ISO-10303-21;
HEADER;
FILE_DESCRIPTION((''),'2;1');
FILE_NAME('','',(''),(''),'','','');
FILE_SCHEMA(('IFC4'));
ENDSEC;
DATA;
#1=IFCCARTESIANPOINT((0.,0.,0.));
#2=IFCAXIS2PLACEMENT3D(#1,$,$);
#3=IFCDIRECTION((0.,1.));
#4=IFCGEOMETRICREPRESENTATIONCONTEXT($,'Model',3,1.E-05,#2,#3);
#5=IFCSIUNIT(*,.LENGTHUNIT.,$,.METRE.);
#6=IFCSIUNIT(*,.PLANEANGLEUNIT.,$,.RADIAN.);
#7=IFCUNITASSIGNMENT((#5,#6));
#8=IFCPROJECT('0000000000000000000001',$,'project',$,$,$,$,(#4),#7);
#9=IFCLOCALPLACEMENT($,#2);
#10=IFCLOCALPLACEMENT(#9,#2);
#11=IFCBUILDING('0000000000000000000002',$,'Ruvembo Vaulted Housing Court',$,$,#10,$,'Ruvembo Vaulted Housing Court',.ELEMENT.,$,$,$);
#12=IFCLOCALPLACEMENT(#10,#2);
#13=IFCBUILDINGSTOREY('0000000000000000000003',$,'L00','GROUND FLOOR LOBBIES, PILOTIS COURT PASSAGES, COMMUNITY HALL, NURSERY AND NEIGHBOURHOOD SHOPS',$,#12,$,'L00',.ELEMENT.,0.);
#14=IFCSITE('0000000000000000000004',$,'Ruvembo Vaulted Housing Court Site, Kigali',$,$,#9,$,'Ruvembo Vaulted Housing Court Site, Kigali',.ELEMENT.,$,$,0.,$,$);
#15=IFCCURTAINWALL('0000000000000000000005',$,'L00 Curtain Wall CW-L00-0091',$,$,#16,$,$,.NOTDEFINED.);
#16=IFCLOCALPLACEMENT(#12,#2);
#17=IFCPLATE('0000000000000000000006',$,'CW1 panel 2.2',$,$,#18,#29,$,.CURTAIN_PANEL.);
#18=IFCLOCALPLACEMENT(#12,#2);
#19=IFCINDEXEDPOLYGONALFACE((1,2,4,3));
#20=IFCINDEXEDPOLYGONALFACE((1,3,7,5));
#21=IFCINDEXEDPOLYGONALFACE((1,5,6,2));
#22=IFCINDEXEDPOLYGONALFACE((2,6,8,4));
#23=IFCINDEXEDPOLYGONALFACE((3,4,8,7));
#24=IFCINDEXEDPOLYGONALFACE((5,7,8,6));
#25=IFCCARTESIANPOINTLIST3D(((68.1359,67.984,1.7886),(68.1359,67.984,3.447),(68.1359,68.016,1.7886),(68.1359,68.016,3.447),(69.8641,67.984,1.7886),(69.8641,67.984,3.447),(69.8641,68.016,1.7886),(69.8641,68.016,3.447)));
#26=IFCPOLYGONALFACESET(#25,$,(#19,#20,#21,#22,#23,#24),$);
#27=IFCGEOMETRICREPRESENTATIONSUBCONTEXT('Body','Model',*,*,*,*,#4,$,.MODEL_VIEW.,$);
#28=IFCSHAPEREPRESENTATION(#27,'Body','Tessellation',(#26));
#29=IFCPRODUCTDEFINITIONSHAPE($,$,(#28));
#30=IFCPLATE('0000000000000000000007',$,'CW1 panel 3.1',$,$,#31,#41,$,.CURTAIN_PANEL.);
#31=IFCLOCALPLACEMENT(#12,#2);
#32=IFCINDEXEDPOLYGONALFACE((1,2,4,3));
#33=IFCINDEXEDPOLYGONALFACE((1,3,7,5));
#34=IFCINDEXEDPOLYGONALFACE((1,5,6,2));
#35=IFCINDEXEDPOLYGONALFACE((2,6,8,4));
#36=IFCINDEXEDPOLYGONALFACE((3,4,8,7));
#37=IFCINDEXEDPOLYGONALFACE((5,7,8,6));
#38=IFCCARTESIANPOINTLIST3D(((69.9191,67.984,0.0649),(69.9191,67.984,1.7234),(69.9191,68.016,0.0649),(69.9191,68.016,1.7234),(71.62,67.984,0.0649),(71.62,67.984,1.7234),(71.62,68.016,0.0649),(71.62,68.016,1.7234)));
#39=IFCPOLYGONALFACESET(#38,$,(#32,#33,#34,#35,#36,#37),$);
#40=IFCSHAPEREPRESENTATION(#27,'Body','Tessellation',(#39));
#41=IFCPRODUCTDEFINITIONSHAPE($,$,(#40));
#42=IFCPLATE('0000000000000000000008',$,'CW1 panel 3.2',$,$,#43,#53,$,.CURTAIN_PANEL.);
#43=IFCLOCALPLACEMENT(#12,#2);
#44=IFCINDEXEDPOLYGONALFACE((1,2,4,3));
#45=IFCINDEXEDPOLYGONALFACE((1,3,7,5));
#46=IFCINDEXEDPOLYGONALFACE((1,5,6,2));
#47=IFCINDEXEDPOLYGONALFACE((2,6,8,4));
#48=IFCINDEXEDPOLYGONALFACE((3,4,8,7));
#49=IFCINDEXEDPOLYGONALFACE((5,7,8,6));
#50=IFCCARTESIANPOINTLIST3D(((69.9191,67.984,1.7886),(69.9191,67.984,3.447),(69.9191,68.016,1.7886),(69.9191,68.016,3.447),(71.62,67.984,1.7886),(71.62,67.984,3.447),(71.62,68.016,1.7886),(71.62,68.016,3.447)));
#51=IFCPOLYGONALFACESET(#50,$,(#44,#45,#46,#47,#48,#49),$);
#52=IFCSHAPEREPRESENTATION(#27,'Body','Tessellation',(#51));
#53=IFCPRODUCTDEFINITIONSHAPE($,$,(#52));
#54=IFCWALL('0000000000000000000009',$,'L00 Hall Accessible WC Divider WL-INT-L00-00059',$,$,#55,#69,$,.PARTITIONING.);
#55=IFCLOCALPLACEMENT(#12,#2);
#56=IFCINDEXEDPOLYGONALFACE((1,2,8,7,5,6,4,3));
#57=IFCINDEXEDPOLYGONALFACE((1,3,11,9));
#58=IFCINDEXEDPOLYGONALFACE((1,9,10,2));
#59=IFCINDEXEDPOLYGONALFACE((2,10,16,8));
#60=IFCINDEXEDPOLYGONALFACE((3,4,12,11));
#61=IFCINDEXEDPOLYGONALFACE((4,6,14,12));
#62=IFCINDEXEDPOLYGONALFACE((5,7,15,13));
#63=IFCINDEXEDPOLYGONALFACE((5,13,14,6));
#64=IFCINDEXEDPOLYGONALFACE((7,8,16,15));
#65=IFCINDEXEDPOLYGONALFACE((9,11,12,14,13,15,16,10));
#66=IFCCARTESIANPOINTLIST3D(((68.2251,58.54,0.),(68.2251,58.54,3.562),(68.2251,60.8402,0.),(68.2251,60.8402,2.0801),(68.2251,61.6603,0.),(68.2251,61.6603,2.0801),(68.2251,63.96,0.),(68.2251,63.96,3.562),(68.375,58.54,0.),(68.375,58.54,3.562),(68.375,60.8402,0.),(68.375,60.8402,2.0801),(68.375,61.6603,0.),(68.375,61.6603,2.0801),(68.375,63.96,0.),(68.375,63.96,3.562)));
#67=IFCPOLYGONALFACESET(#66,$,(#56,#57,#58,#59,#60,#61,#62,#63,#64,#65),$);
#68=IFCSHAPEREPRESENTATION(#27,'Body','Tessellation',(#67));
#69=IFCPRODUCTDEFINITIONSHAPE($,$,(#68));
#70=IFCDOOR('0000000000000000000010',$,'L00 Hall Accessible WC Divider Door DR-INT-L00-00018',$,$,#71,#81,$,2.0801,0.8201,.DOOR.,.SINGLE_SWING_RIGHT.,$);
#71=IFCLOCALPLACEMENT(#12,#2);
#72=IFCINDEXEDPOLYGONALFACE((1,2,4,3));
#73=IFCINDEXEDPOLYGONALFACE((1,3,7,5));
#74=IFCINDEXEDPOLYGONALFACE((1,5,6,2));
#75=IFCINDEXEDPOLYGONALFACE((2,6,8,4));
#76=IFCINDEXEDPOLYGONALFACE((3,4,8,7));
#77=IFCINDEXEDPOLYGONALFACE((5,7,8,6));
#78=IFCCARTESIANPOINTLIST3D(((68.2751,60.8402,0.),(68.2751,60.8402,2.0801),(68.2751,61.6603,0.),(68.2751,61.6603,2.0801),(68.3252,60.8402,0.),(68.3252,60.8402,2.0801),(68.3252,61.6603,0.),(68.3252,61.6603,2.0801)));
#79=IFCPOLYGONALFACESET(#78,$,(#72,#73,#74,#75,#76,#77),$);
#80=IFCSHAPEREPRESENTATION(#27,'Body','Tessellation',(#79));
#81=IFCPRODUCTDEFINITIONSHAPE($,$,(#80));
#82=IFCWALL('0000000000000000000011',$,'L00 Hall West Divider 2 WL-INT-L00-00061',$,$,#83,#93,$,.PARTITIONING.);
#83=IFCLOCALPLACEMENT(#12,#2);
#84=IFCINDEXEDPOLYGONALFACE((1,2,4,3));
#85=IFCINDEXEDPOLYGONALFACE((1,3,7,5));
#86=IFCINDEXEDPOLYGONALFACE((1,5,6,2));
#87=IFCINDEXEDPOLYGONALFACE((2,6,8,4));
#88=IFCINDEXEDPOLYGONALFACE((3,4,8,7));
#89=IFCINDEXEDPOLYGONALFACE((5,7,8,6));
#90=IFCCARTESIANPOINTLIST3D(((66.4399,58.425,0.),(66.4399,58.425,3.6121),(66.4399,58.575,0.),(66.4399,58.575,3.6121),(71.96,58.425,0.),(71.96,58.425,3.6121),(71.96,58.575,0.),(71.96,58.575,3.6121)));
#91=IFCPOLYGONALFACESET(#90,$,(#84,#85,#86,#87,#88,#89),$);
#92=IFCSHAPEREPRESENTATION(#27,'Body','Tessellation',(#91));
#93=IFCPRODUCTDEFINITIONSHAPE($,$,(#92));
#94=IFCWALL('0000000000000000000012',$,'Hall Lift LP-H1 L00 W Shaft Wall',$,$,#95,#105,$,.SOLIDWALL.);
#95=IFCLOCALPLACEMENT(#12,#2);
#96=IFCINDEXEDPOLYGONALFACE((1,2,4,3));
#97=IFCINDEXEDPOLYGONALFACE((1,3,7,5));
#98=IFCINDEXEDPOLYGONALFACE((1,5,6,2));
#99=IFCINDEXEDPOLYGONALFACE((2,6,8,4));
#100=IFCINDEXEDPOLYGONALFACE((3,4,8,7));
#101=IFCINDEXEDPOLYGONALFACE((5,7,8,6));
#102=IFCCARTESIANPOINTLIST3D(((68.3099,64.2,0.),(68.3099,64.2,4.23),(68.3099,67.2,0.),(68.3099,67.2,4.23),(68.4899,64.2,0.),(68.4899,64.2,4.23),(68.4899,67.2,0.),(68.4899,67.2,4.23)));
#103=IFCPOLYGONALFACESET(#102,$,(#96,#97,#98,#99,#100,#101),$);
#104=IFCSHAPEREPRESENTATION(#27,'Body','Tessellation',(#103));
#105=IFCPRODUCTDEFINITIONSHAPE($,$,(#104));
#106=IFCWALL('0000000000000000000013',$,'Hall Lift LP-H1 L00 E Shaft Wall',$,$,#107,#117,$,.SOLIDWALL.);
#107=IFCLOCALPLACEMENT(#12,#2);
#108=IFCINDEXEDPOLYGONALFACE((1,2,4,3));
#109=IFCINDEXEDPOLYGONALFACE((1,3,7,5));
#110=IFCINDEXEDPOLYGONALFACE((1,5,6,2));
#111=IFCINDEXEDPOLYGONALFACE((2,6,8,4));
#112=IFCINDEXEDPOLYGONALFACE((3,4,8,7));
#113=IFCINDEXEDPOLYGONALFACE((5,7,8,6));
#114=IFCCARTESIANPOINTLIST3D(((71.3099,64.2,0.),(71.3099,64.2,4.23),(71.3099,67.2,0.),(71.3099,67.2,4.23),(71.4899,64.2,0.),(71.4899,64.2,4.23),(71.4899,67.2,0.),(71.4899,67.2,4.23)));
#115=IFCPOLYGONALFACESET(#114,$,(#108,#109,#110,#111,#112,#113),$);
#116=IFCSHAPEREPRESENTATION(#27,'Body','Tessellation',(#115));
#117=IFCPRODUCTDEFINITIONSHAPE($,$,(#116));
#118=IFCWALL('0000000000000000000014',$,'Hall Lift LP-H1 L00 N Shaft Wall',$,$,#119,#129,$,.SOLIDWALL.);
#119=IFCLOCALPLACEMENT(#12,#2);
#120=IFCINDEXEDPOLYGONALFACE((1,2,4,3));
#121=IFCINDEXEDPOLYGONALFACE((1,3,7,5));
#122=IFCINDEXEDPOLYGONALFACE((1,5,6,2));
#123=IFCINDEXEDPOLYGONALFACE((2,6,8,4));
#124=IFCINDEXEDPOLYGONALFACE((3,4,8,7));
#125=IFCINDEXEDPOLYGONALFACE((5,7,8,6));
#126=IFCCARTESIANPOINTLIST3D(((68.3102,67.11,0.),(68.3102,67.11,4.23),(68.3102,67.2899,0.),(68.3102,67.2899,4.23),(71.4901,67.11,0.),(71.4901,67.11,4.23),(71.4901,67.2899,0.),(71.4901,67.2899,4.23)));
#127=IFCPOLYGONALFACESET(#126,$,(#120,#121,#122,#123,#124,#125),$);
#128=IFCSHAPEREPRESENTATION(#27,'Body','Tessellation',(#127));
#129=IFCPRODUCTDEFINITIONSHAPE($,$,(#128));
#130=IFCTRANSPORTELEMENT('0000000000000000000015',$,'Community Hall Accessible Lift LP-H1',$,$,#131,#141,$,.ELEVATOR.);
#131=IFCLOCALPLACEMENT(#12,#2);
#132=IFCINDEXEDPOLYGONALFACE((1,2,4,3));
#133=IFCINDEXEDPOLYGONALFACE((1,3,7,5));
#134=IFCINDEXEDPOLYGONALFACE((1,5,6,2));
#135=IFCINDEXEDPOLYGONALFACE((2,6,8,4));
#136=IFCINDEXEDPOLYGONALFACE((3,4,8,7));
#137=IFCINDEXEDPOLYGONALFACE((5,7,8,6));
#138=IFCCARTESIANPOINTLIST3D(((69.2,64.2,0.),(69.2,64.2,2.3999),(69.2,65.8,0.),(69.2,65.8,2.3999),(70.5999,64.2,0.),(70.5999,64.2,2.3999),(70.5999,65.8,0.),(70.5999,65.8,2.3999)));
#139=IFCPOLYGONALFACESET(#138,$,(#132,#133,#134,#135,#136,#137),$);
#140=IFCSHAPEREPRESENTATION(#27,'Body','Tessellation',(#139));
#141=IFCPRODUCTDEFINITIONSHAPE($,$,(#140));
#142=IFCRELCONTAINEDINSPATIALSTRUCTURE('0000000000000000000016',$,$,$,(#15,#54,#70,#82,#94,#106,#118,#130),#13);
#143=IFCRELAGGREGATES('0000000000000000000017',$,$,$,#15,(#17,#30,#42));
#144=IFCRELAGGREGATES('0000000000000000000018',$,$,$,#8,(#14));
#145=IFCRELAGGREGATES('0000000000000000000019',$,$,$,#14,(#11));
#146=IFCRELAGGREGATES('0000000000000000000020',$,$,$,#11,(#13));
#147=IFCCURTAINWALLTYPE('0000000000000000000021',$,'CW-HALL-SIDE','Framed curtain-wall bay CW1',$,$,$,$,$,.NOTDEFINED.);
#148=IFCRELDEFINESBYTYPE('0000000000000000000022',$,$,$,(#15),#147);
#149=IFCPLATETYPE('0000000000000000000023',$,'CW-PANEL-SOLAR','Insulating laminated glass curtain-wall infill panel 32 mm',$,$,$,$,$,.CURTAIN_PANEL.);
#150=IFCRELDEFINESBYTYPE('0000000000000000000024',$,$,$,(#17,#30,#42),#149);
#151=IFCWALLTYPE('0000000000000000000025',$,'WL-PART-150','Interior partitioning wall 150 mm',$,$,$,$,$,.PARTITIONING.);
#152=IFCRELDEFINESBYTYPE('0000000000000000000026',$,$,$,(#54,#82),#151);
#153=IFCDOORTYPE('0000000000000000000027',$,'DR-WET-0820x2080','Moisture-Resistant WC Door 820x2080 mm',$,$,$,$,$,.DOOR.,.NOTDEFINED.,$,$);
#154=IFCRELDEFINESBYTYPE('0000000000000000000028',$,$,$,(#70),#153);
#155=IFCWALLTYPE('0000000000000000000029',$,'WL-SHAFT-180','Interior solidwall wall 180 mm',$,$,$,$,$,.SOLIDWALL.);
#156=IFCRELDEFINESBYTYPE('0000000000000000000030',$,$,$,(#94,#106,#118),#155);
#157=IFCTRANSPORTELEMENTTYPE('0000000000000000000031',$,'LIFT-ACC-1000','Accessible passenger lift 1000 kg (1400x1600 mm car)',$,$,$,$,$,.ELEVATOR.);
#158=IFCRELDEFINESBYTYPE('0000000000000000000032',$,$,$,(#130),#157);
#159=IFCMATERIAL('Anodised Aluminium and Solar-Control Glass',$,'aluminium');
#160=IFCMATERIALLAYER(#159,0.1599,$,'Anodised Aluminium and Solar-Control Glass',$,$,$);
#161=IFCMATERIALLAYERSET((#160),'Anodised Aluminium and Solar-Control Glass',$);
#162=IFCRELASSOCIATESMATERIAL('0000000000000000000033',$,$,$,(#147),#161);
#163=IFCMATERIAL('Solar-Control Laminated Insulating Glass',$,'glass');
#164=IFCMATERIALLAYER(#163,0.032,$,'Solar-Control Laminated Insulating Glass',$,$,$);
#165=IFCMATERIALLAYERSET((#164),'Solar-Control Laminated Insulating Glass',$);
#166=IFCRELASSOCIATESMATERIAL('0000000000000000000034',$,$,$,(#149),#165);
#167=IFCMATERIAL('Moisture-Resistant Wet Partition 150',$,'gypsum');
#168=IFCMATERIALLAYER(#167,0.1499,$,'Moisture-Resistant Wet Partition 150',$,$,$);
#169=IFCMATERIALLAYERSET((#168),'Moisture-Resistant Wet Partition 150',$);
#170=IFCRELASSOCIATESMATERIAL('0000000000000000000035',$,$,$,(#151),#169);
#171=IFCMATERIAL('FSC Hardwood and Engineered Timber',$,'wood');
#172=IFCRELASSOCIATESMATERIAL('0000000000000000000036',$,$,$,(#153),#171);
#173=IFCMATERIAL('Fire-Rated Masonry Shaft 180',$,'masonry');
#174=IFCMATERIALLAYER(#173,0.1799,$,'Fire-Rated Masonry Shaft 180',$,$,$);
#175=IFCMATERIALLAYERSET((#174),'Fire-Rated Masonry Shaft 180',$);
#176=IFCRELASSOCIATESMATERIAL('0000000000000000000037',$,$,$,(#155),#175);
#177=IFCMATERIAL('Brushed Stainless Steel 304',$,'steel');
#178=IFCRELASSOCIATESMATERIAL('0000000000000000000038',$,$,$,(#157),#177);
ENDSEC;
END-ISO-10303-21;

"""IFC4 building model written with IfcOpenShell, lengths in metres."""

from ifc_helpers import new_model, si_unit, direction, frame, frame_2d, origin, origin_2d, place, context, subcontext, project, spatial, rectangle, extrude, material, layer, layer_set, type_object, element, fill, aggregate, save


model = new_model("IFC4")

# Units and contexts
model_context = context("Model", 3, precision=1e-05, world=origin(), true_north=direction((0.0, 1.0)))
body_context = subcontext(model_context, "Body", "Model", "MODEL_VIEW")
ifc_project = project(units=[si_unit("LENGTHUNIT", "METRE"), si_unit("PLANEANGLEUNIT", "RADIAN")], contexts=[model_context])

# Site, building, storey
site_placement = place(None, origin())
site = spatial("IfcSite", under=ifc_project, at=site_placement, Name="Ruvembo Vaulted Housing Court Site, Kigali", LongName="Ruvembo Vaulted Housing Court Site, Kigali", CompositionType="ELEMENT", RefElevation=0.0)
building_placement = place(site_placement, origin())
building = spatial("IfcBuilding", under=site, at=building_placement, Name="Ruvembo Vaulted Housing Court", LongName="Ruvembo Vaulted Housing Court", CompositionType="ELEMENT")
storey_placement = place(building_placement, origin())
storey = spatial("IfcBuildingStorey", under=building, at=storey_placement, Name="L00", Description="GROUND FLOOR LOBBIES, PILOTIS COURT PASSAGES, COMMUNITY HALL, NURSERY AND NEIGHBOURHOOD SHOPS", LongName="L00", CompositionType="ELEMENT", Elevation=0.0)

# Curtain wall
ifc_material_1 = material(Name="Anodised Aluminium and Solar-Control Glass", Category="aluminium")
ifc_layer_1 = layer(ifc_material_1, 0.1599, Name="Anodised Aluminium and Solar-Control Glass")
ifc_layer_set_1 = layer_set([ifc_layer_1], Name="Anodised Aluminium and Solar-Control Glass")
curtain_wall_type = type_object("IfcCurtainWallType", Name="CW-HALL-SIDE", Description="Framed curtain-wall bay CW1", PredefinedType="NOTDEFINED", material=ifc_layer_set_1)
curtain_wall_1_placement = place(storey_placement, origin())
curtain_wall_1 = element("IfcCurtainWall", 1, at=curtain_wall_1_placement, inside=storey, type_object=curtain_wall_type, Name="L00 Curtain Wall CW-L00-0091", PredefinedType="NOTDEFINED")

# Plates
ifc_material_2 = material(Name="Solar-Control Laminated Insulating Glass", Category="glass")
ifc_layer_2 = layer(ifc_material_2, 0.032, Name="Solar-Control Laminated Insulating Glass")
ifc_layer_set_2 = layer_set([ifc_layer_2], Name="Solar-Control Laminated Insulating Glass")
plate_type = type_object("IfcPlateType", Name="CW-PANEL-SOLAR", Description="Insulating laminated glass curtain-wall infill panel 32 mm", PredefinedType="CURTAIN_PANEL", material=ifc_layer_set_2)
plate_1_placement = place(storey_placement, frame((69.0, 68.0, 1.7886), z_axis=(0.0, 0.0, 1.0), x_axis=(1.0, 0.0, 0.0)))
plate_1 = element("IfcPlate", 2, at=plate_1_placement, type_object=plate_type, Name="CW1 panel 2.2", PredefinedType="CURTAIN_PANEL", context=body_context, shape_type="SweptSolid", body=[
    extrude(rectangle(XDim=1.7283, YDim=0.032, at=origin_2d()), origin(), (0.0, 0.0, 1.0), 1.6584),
])
plate_2_placement = place(storey_placement, frame((70.7695, 68.0, 0.0649), z_axis=(0.0, 0.0, 1.0), x_axis=(1.0, 0.0, 0.0)))
plate_2 = element("IfcPlate", 3, at=plate_2_placement, type_object=plate_type, Name="CW1 panel 3.1", PredefinedType="CURTAIN_PANEL", context=body_context, shape_type="SweptSolid", body=[
    extrude(rectangle(XDim=1.7009, YDim=0.032, at=origin_2d()), origin(), (0.0, 0.0, 1.0), 1.6584),
])
plate_3_placement = place(storey_placement, frame((70.7695, 68.0, 1.7886), z_axis=(0.0, 0.0, 1.0), x_axis=(1.0, 0.0, 0.0)))
plate_3 = element("IfcPlate", 4, at=plate_3_placement, type_object=plate_type, Name="CW1 panel 3.2", PredefinedType="CURTAIN_PANEL", context=body_context, shape_type="SweptSolid", body=[
    extrude(rectangle(XDim=1.7009, YDim=0.032, at=origin_2d()), origin(), (0.0, 0.0, 1.0), 1.6584),
])
aggregate(curtain_wall_1, [plate_1, plate_2, plate_3])

# Wall, opening, door
ifc_material_3 = material(Name="FSC Hardwood and Engineered Timber", Category="wood")
ifc_material_4 = material(Name="Moisture-Resistant Wet Partition 150", Category="gypsum")
ifc_layer_3 = layer(ifc_material_4, 0.1499, Name="Moisture-Resistant Wet Partition 150")
ifc_layer_set_3 = layer_set([ifc_layer_3], Name="Moisture-Resistant Wet Partition 150")
wall_type_1 = type_object("IfcWallType", Name="WL-PART-150", Description="Interior partitioning wall 150 mm", PredefinedType="PARTITIONING", material=ifc_layer_set_3)
wall_1_placement = place(storey_placement, frame((68.3, 58.54, 0.0), z_axis=(0.0, 0.0, 1.0), x_axis=(0.0, 1.0, 0.0)))
wall_1 = element("IfcWall", 5, at=wall_1_placement, inside=storey, type_object=wall_type_1, Name="L00 Hall Accessible WC Divider WL-INT-L00-00059", PredefinedType="PARTITIONING", context=body_context, shape_type="SweptSolid", body=[
    extrude(rectangle(XDim=5.4199, YDim=0.1499, at=frame_2d((2.71, 0.0))), origin(), (0.0, 0.0, 1.0), 3.562),
])
opening_1_placement = place(wall_1_placement, frame((2.3, 0.0, 0.0)))
opening_1 = element("IfcOpeningElement", 6, at=opening_1_placement, cuts=wall_1, PredefinedType="OPENING", context=body_context, shape_type="SweptSolid", body=[
    extrude(rectangle(XDim=0.8201, YDim=2.0801, at=frame_2d((0.4102, 1.04))), frame((0.0, 0.085, 0.0), z_axis=(0.0, -1.0, 0.0), x_axis=(1.0, 0.0, 0.0)), (0.0, 0.0, 1.0), 0.1699),
])
door_type_1 = type_object("IfcDoorType", Name="DR-WET-0820x2080", Description="Moisture-Resistant WC Door 820x2080 mm", OperationType="NOTDEFINED", PredefinedType="DOOR", material=ifc_material_3)
door_1_placement = place(opening_1_placement, origin())
door_1 = element("IfcDoor", 7, at=door_1_placement, inside=storey, type_object=door_type_1, Name="L00 Hall Accessible WC Divider Door DR-INT-L00-00018", OperationType="SINGLE_SWING_RIGHT", OverallHeight=2.0801, OverallWidth=0.8201, PredefinedType="DOOR", context=body_context, shape_type="SweptSolid", body=[
    extrude(rectangle(XDim=0.8201, YDim=2.0801, at=frame_2d((0.4102, 1.04))), frame((0.0, 0.0249, 0.0), z_axis=(0.0, -1.0, 0.0), x_axis=(1.0, 0.0, 0.0)), (0.0, 0.0, 1.0), 0.05),
])
fill(opening_1, door_1)

# Wall
wall_2_placement = place(storey_placement, frame((66.4399, 58.5, 0.0), z_axis=(0.0, 0.0, 1.0), x_axis=(1.0, 0.0, 0.0)))
element("IfcWall", 8, at=wall_2_placement, inside=storey, type_object=wall_type_1, Name="L00 Hall West Divider 2 WL-INT-L00-00061", PredefinedType="PARTITIONING", context=body_context, shape_type="SweptSolid", body=[
    extrude(rectangle(XDim=5.52, YDim=0.1499, at=frame_2d((2.76, 0.0))), origin(), (0.0, 0.0, 1.0), 3.6121),
])

# Shared definitions
ifc_material_5 = material(Name="Fire-Rated Masonry Shaft 180", Category="masonry")
ifc_layer_4 = layer(ifc_material_5, 0.1799, Name="Fire-Rated Masonry Shaft 180")
ifc_layer_set_4 = layer_set([ifc_layer_4], Name="Fire-Rated Masonry Shaft 180")
wall_type_2 = type_object("IfcWallType", Name="WL-SHAFT-180", Description="Interior solidwall wall 180 mm", PredefinedType="SOLIDWALL", material=ifc_layer_set_4)
ifc_material_6 = material(Name="Brushed Stainless Steel 304", Category="steel")

# Walls
for number, where, z_axis, x_axis, name in (
    (9, (68.3999, 67.2, 0.0), (0.0, 0.0, 1.0), (0.0, -1.0, 0.0), "Hall Lift LP-H1 L00 W Shaft Wall"),
    (10, (71.3999, 64.2, 0.0), (0.0, 0.0, 1.0), (0.0, 1.0, 0.0), "Hall Lift LP-H1 L00 E Shaft Wall"),
):
    element("IfcWall", number, at=place(storey_placement, frame(where, z_axis=z_axis, x_axis=x_axis)), inside=storey, type_object=wall_type_2, Name=name, PredefinedType="SOLIDWALL", context=body_context, shape_type="SweptSolid", body=[
        extrude(rectangle(XDim=3.0, YDim=0.1799, at=frame_2d((1.5, 0.0))), origin(), (0.0, 0.0, 1.0), 4.23),
    ])
wall_3_placement = place(storey_placement, frame((71.49, 67.2, 0.0), z_axis=(0.0, 0.0, 1.0), x_axis=(-1.0, 0.0, 0.0)))
element("IfcWall", 11, at=wall_3_placement, inside=storey, type_object=wall_type_2, Name="Hall Lift LP-H1 L00 N Shaft Wall", PredefinedType="SOLIDWALL", context=body_context, shape_type="SweptSolid", body=[
    extrude(rectangle(XDim=3.1799, YDim=0.1799, at=frame_2d((1.5898, 0.0))), origin(), (0.0, 0.0, 1.0), 4.23),
])

# Transport element
transport_element_type = type_object("IfcTransportElementType", Name="LIFT-ACC-1000", Description="Accessible passenger lift 1000 kg (1400x1600 mm car)", PredefinedType="ELEVATOR", material=ifc_material_6)
transport_element_placement = place(storey_placement, frame((69.8999, 65.0, 0.0), z_axis=(0.0, 0.0, 1.0), x_axis=(1.0, 0.0, 0.0)))
element("IfcTransportElement", 12, at=transport_element_placement, inside=storey, type_object=transport_element_type, Name="Community Hall Accessible Lift LP-H1", PredefinedType="ELEVATOR", context=body_context, shape_type="SweptSolid", body=[
    extrude(rectangle(XDim=1.3999, YDim=1.6001, at=origin_2d()), origin(), (0.0, 0.0, 1.0), 2.3999),
])

save(model, "model.ifc")
